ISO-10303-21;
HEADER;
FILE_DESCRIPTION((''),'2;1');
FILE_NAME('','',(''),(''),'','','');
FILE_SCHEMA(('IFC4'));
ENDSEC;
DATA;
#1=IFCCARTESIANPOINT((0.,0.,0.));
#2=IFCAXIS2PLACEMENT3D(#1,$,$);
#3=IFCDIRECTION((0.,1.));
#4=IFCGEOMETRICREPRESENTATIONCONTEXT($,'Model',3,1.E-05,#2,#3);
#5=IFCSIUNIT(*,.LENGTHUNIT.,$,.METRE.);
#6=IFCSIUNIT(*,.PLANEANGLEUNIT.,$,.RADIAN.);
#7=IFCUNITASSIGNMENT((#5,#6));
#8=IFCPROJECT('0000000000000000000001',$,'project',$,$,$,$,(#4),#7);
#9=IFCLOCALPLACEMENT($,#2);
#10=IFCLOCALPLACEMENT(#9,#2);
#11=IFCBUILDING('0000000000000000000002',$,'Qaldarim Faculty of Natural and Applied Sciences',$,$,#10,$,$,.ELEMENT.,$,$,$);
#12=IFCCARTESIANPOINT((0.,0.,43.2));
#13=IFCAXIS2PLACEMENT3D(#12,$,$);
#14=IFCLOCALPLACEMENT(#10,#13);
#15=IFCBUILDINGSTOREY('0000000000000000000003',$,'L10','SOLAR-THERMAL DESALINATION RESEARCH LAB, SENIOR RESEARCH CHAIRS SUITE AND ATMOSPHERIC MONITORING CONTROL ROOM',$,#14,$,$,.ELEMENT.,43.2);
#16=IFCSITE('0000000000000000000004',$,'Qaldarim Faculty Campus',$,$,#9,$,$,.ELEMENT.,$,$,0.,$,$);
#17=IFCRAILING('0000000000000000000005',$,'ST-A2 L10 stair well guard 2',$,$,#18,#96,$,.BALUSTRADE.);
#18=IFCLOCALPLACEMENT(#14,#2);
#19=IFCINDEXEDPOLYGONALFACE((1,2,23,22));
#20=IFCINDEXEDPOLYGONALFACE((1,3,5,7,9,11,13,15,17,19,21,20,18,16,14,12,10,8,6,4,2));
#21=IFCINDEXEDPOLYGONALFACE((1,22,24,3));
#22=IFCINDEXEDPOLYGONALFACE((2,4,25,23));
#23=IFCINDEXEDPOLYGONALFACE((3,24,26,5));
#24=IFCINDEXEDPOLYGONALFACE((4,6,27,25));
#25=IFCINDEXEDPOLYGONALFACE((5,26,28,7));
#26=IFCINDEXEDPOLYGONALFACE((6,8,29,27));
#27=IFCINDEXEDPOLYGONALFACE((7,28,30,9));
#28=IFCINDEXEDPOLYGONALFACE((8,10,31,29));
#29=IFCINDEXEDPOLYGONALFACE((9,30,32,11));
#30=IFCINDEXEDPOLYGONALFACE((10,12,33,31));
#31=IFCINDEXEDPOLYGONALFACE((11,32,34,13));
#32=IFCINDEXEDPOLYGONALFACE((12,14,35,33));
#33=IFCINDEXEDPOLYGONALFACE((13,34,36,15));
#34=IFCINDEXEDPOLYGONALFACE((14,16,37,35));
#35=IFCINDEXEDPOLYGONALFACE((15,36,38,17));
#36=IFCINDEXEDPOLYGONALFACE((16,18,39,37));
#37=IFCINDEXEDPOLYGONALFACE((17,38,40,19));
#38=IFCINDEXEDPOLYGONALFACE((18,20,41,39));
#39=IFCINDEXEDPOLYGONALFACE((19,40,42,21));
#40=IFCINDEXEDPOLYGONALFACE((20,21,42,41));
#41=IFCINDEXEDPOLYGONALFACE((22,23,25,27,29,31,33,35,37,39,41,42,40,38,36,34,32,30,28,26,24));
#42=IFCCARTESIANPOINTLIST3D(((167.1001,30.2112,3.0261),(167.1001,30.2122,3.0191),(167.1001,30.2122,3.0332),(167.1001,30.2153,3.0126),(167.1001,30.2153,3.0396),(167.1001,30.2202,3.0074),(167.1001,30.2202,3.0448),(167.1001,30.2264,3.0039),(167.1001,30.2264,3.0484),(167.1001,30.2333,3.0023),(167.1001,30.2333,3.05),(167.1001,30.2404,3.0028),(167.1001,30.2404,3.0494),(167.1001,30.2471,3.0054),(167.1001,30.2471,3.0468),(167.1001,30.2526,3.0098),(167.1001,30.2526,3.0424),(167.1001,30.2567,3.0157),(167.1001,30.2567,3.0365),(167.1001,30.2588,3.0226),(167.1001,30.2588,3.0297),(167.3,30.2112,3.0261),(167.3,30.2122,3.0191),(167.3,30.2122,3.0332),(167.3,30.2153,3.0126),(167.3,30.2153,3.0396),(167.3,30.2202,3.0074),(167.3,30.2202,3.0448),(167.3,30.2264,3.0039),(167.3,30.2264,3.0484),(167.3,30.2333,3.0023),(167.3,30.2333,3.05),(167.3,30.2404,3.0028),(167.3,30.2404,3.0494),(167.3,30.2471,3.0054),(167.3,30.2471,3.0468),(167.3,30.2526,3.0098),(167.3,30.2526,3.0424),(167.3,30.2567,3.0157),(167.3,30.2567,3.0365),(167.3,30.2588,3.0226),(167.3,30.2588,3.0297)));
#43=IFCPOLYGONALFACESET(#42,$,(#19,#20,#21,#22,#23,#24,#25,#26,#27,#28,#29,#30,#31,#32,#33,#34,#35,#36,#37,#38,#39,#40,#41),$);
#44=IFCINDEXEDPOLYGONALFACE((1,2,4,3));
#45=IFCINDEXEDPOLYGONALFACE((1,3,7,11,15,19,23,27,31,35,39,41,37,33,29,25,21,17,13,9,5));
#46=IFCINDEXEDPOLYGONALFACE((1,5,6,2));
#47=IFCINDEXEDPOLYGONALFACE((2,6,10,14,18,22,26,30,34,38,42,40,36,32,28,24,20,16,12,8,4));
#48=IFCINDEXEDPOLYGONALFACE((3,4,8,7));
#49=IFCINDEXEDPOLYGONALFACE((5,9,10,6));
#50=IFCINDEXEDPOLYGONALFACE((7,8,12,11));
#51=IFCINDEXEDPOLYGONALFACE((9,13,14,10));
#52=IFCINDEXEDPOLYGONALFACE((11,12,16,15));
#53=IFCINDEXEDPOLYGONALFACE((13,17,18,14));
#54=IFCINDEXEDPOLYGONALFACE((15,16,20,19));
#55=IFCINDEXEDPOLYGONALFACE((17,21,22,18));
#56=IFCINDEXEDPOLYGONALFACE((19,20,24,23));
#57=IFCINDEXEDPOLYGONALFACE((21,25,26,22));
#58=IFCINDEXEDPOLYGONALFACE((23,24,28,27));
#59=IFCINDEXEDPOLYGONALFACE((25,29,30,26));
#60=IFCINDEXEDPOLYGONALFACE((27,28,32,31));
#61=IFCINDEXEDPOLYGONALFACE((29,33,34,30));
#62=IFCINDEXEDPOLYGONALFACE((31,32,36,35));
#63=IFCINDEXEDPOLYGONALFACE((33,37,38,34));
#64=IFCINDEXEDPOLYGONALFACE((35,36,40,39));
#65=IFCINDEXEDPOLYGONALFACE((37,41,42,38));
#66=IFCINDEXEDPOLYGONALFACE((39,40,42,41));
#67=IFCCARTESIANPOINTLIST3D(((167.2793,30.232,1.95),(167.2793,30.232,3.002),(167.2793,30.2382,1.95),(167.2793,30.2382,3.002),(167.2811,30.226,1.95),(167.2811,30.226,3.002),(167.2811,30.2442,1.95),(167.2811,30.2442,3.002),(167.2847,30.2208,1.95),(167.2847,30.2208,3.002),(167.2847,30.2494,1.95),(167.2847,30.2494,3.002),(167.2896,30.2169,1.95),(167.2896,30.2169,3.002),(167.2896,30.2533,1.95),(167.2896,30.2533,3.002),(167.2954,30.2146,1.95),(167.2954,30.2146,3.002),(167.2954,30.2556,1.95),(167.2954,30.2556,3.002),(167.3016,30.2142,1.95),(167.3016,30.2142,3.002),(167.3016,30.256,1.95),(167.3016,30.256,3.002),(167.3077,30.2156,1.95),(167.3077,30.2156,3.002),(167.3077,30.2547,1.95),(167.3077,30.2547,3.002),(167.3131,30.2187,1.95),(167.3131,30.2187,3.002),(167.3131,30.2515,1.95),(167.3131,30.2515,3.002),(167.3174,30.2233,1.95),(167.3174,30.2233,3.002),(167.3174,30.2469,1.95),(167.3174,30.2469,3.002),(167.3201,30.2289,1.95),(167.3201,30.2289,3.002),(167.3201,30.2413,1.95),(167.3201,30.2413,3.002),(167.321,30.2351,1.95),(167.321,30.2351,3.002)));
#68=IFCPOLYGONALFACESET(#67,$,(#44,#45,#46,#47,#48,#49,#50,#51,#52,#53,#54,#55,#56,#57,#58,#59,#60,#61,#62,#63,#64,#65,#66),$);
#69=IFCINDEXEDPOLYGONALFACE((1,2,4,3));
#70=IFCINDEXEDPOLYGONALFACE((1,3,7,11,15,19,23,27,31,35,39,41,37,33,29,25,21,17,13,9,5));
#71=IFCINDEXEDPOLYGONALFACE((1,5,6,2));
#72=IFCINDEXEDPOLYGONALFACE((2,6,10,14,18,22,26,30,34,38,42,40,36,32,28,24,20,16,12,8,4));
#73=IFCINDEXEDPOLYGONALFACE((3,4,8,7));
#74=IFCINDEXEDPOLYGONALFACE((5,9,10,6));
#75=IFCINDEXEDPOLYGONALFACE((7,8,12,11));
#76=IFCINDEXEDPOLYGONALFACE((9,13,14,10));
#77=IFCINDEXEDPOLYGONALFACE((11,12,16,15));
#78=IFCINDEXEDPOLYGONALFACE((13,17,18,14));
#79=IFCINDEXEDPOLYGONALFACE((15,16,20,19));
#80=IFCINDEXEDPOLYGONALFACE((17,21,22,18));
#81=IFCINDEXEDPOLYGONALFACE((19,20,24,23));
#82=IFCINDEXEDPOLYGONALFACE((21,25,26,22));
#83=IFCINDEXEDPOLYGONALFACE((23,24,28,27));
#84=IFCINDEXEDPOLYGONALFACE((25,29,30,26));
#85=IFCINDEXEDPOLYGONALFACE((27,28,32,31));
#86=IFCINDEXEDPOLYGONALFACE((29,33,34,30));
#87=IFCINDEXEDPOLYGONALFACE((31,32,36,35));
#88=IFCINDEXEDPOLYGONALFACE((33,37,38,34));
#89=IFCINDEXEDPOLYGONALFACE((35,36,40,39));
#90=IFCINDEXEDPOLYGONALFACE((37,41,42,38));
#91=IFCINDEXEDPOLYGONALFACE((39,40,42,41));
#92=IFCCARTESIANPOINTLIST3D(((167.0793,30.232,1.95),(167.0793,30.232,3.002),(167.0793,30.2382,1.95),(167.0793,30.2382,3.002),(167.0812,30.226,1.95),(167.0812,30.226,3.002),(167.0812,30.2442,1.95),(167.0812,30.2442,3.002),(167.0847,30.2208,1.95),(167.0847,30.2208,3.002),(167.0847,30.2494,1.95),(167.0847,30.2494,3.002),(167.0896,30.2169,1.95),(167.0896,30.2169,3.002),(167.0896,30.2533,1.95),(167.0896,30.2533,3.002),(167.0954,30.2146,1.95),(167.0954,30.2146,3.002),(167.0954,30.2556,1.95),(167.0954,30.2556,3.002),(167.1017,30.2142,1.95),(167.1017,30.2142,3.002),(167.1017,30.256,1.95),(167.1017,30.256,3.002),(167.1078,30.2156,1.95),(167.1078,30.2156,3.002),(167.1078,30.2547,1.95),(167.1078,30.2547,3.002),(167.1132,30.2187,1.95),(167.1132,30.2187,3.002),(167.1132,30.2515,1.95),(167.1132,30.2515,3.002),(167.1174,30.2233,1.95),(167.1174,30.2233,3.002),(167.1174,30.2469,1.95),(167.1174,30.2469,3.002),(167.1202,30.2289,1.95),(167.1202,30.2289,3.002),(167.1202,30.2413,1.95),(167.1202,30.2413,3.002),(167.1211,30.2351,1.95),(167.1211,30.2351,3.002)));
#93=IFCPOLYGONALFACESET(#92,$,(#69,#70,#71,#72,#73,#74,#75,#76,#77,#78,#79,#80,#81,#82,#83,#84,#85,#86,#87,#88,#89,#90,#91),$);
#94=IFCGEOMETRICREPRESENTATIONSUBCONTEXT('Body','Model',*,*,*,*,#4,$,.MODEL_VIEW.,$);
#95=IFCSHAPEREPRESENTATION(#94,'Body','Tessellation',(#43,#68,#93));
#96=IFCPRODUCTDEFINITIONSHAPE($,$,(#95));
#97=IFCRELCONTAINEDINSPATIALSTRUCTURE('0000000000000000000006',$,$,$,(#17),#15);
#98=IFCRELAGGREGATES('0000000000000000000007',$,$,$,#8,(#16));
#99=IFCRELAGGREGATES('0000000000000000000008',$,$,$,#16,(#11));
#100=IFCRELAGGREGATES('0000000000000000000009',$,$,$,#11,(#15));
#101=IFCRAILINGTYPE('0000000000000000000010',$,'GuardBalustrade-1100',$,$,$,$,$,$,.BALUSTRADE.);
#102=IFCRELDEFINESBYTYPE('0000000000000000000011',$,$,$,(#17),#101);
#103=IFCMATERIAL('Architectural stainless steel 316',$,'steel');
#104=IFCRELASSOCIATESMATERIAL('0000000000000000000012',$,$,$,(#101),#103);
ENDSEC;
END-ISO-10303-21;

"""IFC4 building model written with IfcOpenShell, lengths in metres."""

from ifc_helpers import new_model, si_unit, direction, frame, origin, origin_2d, place, context, subcontext, project, spatial, circle, extrude, material, type_object, element, save


model = new_model("IFC4")

# Units and contexts
model_context = context("Model", 3, precision=1e-05, world=origin(), true_north=direction((0.0, 1.0)))
body_context = subcontext(model_context, "Body", "Model", "MODEL_VIEW")
ifc_project = project(units=[si_unit("LENGTHUNIT", "METRE"), si_unit("PLANEANGLEUNIT", "RADIAN")], contexts=[model_context])

# Site, building, storey
site_placement = place(None, origin())
site = spatial("IfcSite", under=ifc_project, at=site_placement, Name="Qaldarim Faculty Campus", CompositionType="ELEMENT", RefElevation=0.0)
building_placement = place(site_placement, origin())
building = spatial("IfcBuilding", under=site, at=building_placement, Name="Qaldarim Faculty of Natural and Applied Sciences", CompositionType="ELEMENT")
storey_placement = place(building_placement, frame((0.0, 0.0, 43.2)))
storey = spatial("IfcBuildingStorey", under=building, at=storey_placement, Name="L10", Description="SOLAR-THERMAL DESALINATION RESEARCH LAB, SENIOR RESEARCH CHAIRS SUITE AND ATMOSPHERIC MONITORING CONTROL ROOM", CompositionType="ELEMENT", Elevation=43.2)

# Shared definitions
ifc_material_1 = material(Name="Architectural stainless steel 316", Category="steel")

# Railing
railing_type_1 = type_object("IfcRailingType", Name="GuardBalustrade-1100", PredefinedType="BALUSTRADE", material=ifc_material_1)
railing_1_placement = place(storey_placement, frame((167.3, 30.2351, 1.95)))
element("IfcRailing", 1, at=railing_1_placement, inside=storey, type_object=railing_type_1, Name="ST-A2 L10 stair well guard 2", PredefinedType="BALUSTRADE", context=body_context, shape_type="SweptSolid", body=[
    extrude(circle(Radius=0.0239, at=origin_2d()), frame((0.0, 0.0, 1.0762), z_axis=(-1.0, 0.0, 0.0), x_axis=(0.0, -1.0, 0.0)), (0.0, 0.0, 1.0), 0.2),
    extrude(circle(Radius=0.021, at=origin_2d()), origin(), (0.0, 0.0, 1.0), 1.052),
    extrude(circle(Radius=0.021, at=origin_2d()), frame((-0.2, 0.0, 0.0)), (0.0, 0.0, 1.0), 1.052),
])

save(model, "model.ifc")
